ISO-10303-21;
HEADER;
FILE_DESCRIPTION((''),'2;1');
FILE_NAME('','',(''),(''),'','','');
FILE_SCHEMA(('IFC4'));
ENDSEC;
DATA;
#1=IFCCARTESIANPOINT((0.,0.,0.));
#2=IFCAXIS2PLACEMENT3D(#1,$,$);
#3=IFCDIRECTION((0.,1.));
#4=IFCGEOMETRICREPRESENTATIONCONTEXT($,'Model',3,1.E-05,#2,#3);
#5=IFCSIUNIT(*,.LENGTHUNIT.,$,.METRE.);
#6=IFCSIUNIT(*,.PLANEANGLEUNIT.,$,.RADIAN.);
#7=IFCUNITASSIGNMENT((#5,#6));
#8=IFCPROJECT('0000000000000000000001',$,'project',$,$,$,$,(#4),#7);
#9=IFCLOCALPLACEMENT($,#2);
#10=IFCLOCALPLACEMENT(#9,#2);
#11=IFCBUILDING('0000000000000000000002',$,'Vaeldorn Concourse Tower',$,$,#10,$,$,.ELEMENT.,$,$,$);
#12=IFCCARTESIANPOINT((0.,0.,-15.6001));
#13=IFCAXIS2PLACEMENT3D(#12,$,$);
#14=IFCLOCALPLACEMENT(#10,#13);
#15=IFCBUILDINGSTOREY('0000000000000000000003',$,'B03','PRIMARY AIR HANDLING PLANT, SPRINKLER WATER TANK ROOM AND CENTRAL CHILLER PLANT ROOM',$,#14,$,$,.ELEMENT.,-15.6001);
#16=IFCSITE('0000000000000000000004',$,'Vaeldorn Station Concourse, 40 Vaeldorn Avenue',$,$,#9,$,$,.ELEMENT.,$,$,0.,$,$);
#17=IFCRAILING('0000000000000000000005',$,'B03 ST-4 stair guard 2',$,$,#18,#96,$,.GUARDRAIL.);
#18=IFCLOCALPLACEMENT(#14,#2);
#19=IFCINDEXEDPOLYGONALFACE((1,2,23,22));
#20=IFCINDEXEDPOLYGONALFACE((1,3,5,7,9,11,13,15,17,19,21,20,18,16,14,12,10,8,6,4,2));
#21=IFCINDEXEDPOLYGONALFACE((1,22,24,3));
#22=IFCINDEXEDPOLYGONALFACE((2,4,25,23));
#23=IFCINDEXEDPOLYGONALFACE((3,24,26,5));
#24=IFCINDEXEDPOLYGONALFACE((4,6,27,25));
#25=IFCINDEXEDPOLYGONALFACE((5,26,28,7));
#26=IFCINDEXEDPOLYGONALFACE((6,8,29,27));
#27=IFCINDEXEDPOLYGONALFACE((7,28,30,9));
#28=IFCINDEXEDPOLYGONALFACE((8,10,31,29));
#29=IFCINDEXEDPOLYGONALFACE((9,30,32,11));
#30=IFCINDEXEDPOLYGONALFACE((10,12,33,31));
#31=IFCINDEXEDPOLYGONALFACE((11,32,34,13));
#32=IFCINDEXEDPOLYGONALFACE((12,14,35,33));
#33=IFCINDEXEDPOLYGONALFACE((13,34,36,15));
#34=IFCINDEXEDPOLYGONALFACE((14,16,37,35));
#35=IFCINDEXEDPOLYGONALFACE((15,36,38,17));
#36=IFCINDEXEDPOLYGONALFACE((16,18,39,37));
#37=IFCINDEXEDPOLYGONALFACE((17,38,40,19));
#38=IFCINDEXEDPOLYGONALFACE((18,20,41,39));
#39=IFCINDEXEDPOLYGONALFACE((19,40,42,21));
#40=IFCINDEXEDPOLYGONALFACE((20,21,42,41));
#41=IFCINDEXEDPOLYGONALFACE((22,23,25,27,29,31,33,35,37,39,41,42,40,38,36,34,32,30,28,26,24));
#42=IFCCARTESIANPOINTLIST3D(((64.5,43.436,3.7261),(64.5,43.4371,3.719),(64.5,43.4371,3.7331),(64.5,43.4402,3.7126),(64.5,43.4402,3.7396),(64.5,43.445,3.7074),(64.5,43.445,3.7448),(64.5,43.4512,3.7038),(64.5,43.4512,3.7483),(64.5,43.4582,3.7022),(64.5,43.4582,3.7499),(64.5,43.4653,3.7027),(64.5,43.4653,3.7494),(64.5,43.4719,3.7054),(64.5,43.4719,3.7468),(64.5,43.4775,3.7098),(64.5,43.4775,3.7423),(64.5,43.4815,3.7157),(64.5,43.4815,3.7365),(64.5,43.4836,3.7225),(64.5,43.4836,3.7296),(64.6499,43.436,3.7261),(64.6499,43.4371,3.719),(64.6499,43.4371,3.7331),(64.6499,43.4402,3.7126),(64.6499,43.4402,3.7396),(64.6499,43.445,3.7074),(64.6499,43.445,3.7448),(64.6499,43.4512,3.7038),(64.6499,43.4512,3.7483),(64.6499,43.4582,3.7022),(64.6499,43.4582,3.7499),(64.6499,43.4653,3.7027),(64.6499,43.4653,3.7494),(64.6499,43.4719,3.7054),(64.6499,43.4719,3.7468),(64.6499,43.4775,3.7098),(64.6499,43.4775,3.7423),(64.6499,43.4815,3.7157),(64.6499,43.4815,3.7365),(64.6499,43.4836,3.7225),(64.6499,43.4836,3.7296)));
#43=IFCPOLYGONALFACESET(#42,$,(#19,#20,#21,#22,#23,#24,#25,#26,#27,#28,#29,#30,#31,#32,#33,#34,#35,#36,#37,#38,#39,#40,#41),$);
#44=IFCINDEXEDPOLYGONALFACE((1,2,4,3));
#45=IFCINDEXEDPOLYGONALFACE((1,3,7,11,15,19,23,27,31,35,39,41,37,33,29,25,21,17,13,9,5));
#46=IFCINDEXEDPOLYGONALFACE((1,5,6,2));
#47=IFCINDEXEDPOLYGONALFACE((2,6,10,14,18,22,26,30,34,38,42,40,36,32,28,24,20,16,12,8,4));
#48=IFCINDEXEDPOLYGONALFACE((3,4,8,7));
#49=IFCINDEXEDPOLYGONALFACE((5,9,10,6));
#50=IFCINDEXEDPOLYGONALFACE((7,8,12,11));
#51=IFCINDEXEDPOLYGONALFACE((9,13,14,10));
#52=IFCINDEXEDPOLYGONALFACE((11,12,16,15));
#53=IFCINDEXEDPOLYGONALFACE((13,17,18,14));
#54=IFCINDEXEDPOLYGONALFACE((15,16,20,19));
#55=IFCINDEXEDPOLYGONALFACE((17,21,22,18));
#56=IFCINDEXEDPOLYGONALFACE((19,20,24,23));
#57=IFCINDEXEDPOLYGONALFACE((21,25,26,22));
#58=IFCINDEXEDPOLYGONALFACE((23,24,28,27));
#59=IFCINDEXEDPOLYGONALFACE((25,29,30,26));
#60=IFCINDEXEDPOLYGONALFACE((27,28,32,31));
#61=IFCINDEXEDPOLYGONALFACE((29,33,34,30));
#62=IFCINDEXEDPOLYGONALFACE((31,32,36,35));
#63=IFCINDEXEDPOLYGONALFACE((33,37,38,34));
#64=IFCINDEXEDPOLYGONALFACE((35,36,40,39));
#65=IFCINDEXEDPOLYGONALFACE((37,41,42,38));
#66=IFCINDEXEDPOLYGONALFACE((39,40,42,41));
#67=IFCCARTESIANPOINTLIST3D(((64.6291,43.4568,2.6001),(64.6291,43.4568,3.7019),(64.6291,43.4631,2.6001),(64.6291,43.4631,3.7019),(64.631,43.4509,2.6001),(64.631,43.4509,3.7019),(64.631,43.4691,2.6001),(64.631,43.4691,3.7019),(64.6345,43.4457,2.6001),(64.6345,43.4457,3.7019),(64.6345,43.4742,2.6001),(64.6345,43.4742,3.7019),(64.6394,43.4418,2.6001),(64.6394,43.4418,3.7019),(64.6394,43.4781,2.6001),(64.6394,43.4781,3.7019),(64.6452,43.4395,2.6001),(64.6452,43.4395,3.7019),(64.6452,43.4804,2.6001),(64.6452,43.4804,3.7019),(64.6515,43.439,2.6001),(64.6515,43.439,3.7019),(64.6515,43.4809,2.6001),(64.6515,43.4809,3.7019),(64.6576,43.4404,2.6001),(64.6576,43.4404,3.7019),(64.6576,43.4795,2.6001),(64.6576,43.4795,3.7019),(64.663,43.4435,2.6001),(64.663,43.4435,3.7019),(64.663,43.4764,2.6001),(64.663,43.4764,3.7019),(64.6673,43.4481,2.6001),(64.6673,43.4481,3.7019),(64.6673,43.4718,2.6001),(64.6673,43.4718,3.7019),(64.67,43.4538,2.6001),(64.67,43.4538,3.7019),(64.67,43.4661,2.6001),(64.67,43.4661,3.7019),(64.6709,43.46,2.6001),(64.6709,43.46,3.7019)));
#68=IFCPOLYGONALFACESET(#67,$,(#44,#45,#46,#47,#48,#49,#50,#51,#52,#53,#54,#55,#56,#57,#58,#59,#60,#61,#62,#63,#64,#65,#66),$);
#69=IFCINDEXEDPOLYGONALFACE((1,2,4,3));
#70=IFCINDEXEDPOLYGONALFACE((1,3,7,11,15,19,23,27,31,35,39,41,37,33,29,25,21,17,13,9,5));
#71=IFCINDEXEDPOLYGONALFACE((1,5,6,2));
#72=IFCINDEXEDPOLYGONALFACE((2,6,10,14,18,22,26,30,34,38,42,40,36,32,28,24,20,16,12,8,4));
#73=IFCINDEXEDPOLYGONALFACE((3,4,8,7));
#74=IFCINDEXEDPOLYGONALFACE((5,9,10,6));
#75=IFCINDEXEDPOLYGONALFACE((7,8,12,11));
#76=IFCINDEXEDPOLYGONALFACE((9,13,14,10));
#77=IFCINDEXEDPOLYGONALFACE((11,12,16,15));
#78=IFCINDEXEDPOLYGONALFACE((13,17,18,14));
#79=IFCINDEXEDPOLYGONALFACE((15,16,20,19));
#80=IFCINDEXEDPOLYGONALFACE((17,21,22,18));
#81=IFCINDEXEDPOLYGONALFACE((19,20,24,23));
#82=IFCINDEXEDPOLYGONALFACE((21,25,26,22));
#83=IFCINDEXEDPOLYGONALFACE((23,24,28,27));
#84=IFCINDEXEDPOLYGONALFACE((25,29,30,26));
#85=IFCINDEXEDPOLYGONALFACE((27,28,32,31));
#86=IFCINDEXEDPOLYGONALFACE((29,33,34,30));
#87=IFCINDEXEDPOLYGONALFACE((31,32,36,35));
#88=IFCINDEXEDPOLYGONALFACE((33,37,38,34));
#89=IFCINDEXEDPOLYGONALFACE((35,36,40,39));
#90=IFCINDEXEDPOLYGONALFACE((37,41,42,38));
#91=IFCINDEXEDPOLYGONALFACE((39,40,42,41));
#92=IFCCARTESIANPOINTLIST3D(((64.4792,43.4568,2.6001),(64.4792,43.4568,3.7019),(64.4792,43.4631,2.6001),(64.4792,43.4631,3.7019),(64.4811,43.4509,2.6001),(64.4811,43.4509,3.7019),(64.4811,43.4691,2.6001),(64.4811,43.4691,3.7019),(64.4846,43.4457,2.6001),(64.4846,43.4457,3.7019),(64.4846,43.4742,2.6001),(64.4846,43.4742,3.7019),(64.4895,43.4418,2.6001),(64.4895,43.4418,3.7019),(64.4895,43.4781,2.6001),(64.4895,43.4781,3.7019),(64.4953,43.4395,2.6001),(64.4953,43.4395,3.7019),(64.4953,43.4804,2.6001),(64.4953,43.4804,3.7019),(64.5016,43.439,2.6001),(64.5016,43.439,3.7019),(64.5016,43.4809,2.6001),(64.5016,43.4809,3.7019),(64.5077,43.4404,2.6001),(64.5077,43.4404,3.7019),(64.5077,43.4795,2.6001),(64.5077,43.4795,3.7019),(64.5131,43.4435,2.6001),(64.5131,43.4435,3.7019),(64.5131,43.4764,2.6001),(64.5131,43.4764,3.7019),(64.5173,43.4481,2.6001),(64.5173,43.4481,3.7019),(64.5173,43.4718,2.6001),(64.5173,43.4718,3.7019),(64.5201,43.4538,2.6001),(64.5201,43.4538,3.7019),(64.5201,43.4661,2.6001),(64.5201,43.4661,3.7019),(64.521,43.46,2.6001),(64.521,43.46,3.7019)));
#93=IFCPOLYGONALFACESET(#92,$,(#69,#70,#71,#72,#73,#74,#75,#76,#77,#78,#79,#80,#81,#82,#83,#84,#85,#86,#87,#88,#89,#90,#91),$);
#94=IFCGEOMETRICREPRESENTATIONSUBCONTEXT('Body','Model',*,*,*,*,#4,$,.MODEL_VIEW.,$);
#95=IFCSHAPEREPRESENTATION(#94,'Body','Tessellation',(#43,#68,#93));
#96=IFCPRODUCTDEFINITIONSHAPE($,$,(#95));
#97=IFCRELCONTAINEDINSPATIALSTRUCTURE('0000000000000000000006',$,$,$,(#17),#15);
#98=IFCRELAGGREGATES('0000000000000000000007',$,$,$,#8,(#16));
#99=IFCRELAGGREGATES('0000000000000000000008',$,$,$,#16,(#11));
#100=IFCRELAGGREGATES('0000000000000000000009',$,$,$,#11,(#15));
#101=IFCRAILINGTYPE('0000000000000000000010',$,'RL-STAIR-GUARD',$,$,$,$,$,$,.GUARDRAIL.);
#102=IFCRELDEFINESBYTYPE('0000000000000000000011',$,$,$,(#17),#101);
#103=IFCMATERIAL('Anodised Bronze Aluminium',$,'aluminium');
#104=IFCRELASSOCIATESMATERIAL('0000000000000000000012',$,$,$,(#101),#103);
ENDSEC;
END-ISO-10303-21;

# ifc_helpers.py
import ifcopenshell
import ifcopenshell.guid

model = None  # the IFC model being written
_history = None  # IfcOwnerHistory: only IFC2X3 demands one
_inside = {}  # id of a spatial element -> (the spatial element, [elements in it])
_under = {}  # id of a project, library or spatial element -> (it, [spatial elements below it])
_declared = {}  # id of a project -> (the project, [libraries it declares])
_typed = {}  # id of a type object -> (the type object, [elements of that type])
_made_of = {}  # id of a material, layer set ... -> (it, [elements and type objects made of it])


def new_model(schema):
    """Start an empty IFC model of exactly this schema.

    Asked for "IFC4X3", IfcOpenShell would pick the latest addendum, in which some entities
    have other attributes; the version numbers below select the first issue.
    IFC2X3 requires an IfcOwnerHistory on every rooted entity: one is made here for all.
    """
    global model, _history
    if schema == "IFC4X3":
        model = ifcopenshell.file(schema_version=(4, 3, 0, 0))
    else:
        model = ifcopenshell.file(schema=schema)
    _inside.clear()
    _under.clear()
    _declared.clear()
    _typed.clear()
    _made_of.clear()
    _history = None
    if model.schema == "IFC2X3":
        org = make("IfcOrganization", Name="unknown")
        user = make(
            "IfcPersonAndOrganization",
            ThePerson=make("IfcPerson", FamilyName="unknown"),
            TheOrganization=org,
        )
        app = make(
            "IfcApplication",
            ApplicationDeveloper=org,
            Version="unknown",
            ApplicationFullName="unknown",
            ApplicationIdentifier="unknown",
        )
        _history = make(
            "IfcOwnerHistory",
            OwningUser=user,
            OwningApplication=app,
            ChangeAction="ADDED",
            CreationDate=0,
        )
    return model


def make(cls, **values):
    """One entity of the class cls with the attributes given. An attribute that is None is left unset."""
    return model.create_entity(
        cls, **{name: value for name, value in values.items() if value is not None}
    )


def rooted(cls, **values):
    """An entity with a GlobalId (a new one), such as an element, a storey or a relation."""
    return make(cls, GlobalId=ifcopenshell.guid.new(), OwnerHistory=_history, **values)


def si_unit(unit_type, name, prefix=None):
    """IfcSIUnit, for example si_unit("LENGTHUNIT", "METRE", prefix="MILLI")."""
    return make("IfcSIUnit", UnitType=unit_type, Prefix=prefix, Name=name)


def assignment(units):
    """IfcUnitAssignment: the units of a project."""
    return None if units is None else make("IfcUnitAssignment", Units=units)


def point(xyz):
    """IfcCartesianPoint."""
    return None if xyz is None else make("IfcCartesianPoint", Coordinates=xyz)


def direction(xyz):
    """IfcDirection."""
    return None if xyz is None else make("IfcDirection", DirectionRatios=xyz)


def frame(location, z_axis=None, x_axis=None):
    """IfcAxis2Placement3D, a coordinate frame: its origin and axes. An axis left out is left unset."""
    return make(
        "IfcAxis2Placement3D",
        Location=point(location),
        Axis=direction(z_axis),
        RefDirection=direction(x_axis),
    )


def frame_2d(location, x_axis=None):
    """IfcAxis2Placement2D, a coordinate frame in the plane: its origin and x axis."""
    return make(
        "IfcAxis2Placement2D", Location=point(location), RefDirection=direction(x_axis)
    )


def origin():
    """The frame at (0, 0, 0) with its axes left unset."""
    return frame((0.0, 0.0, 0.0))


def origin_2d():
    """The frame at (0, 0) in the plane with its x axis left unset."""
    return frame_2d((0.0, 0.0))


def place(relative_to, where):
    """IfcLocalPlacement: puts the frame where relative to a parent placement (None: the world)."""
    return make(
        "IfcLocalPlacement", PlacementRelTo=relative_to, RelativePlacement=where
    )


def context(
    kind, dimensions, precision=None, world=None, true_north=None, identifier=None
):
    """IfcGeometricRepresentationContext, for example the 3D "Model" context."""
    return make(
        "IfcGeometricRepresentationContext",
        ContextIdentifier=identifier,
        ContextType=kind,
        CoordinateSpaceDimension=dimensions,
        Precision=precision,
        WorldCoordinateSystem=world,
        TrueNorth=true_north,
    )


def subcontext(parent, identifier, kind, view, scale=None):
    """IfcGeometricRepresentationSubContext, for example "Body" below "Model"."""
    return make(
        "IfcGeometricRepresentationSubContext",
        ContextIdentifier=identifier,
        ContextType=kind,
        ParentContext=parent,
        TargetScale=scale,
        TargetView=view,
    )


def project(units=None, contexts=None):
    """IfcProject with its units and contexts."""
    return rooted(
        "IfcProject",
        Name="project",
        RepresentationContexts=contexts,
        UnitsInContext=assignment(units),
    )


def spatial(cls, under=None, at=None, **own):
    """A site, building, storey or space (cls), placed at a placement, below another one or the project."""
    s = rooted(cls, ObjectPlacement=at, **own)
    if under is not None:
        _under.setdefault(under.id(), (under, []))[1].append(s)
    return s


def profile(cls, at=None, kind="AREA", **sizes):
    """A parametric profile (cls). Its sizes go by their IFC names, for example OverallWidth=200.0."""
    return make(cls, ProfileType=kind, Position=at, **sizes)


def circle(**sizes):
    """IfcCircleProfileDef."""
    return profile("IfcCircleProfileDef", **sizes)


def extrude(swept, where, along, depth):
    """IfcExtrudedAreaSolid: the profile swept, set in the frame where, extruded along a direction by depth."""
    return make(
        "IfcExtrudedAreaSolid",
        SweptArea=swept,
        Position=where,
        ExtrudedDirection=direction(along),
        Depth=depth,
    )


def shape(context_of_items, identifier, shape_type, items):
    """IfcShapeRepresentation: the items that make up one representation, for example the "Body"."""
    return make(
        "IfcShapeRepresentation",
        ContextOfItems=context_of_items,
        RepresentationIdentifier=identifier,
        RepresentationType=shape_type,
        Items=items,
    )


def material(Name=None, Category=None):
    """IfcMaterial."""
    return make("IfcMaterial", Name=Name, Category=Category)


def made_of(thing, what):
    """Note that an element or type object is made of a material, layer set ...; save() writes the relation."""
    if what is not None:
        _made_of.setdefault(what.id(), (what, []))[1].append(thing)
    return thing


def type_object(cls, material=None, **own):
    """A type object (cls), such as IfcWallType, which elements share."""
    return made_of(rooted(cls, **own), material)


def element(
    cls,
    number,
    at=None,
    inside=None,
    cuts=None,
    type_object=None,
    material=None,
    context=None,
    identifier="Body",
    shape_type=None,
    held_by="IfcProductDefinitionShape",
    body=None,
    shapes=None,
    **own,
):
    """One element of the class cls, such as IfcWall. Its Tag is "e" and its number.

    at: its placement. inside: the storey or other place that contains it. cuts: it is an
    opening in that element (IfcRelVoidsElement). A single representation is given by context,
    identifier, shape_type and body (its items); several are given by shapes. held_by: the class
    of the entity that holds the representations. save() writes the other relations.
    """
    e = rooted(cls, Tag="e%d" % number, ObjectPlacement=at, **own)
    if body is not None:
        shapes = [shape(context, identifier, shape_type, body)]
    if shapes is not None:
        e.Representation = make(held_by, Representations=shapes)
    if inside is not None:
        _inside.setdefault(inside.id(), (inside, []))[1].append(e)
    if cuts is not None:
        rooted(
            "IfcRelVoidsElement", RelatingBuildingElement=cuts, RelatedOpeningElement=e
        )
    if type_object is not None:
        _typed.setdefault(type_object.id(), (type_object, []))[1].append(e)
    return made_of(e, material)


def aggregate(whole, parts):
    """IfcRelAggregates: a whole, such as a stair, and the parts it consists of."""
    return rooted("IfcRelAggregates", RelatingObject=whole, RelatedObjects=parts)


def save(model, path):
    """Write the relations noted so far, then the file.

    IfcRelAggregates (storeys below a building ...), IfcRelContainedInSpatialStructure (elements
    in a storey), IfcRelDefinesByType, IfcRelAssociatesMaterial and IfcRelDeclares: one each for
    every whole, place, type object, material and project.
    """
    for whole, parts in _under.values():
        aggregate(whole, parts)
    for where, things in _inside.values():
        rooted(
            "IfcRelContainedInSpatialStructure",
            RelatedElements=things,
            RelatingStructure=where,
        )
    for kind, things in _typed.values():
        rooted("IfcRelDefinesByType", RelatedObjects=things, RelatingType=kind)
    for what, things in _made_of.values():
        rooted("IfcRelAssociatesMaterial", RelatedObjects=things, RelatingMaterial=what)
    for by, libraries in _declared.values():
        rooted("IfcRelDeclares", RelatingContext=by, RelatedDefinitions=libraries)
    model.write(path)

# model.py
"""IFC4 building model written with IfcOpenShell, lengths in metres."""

from ifc_helpers import new_model, si_unit, direction, frame, origin, origin_2d, place, context, subcontext, project, spatial, circle, extrude, material, type_object, element, save


model = new_model("IFC4")

# Units and contexts
model_context = context("Model", 3, precision=1e-05, world=origin(), true_north=direction((0.0, 1.0)))
body_context = subcontext(model_context, "Body", "Model", "MODEL_VIEW")
ifc_project = project(units=[si_unit("LENGTHUNIT", "METRE"), si_unit("PLANEANGLEUNIT", "RADIAN")], contexts=[model_context])

# Site, building, storey
site_placement = place(None, origin())
site = spatial("IfcSite", under=ifc_project, at=site_placement, Name="Vaeldorn Station Concourse, 40 Vaeldorn Avenue", CompositionType="ELEMENT", RefElevation=0.0)
building_placement = place(site_placement, origin())
building = spatial("IfcBuilding", under=site, at=building_placement, Name="Vaeldorn Concourse Tower", CompositionType="ELEMENT")
storey_placement = place(building_placement, frame((0.0, 0.0, -15.6001)))
storey = spatial("IfcBuildingStorey", under=building, at=storey_placement, Name="B03", Description="PRIMARY AIR HANDLING PLANT, SPRINKLER WATER TANK ROOM AND CENTRAL CHILLER PLANT ROOM", CompositionType="ELEMENT", Elevation=-15.6001)

# Railing
ifc_material_1 = material(Name="Anodised Bronze Aluminium", Category="aluminium")
railing_type_1 = type_object("IfcRailingType", Name="RL-STAIR-GUARD", PredefinedType="GUARDRAIL", material=ifc_material_1)
railing_1_placement = place(storey_placement, frame((64.6499, 43.46, 2.6001)))
element("IfcRailing", 1, at=railing_1_placement, inside=storey, type_object=railing_type_1, Name="B03 ST-4 stair guard 2", PredefinedType="GUARDRAIL", context=body_context, shape_type="SweptSolid", body=[
    extrude(circle(Radius=0.0239, at=origin_2d()), frame((0.0, 0.0, 1.126), z_axis=(-1.0, 0.0, 0.0), x_axis=(0.0, -1.0, 0.0)), (0.0, 0.0, 1.0), 0.1499),
    extrude(circle(Radius=0.021, at=origin_2d()), origin(), (0.0, 0.0, 1.0), 1.1018),
    extrude(circle(Radius=0.021, at=origin_2d()), frame((-0.1499, 0.0, 0.0)), (0.0, 0.0, 1.0), 1.1018),
])

save(model, "model.ifc")
